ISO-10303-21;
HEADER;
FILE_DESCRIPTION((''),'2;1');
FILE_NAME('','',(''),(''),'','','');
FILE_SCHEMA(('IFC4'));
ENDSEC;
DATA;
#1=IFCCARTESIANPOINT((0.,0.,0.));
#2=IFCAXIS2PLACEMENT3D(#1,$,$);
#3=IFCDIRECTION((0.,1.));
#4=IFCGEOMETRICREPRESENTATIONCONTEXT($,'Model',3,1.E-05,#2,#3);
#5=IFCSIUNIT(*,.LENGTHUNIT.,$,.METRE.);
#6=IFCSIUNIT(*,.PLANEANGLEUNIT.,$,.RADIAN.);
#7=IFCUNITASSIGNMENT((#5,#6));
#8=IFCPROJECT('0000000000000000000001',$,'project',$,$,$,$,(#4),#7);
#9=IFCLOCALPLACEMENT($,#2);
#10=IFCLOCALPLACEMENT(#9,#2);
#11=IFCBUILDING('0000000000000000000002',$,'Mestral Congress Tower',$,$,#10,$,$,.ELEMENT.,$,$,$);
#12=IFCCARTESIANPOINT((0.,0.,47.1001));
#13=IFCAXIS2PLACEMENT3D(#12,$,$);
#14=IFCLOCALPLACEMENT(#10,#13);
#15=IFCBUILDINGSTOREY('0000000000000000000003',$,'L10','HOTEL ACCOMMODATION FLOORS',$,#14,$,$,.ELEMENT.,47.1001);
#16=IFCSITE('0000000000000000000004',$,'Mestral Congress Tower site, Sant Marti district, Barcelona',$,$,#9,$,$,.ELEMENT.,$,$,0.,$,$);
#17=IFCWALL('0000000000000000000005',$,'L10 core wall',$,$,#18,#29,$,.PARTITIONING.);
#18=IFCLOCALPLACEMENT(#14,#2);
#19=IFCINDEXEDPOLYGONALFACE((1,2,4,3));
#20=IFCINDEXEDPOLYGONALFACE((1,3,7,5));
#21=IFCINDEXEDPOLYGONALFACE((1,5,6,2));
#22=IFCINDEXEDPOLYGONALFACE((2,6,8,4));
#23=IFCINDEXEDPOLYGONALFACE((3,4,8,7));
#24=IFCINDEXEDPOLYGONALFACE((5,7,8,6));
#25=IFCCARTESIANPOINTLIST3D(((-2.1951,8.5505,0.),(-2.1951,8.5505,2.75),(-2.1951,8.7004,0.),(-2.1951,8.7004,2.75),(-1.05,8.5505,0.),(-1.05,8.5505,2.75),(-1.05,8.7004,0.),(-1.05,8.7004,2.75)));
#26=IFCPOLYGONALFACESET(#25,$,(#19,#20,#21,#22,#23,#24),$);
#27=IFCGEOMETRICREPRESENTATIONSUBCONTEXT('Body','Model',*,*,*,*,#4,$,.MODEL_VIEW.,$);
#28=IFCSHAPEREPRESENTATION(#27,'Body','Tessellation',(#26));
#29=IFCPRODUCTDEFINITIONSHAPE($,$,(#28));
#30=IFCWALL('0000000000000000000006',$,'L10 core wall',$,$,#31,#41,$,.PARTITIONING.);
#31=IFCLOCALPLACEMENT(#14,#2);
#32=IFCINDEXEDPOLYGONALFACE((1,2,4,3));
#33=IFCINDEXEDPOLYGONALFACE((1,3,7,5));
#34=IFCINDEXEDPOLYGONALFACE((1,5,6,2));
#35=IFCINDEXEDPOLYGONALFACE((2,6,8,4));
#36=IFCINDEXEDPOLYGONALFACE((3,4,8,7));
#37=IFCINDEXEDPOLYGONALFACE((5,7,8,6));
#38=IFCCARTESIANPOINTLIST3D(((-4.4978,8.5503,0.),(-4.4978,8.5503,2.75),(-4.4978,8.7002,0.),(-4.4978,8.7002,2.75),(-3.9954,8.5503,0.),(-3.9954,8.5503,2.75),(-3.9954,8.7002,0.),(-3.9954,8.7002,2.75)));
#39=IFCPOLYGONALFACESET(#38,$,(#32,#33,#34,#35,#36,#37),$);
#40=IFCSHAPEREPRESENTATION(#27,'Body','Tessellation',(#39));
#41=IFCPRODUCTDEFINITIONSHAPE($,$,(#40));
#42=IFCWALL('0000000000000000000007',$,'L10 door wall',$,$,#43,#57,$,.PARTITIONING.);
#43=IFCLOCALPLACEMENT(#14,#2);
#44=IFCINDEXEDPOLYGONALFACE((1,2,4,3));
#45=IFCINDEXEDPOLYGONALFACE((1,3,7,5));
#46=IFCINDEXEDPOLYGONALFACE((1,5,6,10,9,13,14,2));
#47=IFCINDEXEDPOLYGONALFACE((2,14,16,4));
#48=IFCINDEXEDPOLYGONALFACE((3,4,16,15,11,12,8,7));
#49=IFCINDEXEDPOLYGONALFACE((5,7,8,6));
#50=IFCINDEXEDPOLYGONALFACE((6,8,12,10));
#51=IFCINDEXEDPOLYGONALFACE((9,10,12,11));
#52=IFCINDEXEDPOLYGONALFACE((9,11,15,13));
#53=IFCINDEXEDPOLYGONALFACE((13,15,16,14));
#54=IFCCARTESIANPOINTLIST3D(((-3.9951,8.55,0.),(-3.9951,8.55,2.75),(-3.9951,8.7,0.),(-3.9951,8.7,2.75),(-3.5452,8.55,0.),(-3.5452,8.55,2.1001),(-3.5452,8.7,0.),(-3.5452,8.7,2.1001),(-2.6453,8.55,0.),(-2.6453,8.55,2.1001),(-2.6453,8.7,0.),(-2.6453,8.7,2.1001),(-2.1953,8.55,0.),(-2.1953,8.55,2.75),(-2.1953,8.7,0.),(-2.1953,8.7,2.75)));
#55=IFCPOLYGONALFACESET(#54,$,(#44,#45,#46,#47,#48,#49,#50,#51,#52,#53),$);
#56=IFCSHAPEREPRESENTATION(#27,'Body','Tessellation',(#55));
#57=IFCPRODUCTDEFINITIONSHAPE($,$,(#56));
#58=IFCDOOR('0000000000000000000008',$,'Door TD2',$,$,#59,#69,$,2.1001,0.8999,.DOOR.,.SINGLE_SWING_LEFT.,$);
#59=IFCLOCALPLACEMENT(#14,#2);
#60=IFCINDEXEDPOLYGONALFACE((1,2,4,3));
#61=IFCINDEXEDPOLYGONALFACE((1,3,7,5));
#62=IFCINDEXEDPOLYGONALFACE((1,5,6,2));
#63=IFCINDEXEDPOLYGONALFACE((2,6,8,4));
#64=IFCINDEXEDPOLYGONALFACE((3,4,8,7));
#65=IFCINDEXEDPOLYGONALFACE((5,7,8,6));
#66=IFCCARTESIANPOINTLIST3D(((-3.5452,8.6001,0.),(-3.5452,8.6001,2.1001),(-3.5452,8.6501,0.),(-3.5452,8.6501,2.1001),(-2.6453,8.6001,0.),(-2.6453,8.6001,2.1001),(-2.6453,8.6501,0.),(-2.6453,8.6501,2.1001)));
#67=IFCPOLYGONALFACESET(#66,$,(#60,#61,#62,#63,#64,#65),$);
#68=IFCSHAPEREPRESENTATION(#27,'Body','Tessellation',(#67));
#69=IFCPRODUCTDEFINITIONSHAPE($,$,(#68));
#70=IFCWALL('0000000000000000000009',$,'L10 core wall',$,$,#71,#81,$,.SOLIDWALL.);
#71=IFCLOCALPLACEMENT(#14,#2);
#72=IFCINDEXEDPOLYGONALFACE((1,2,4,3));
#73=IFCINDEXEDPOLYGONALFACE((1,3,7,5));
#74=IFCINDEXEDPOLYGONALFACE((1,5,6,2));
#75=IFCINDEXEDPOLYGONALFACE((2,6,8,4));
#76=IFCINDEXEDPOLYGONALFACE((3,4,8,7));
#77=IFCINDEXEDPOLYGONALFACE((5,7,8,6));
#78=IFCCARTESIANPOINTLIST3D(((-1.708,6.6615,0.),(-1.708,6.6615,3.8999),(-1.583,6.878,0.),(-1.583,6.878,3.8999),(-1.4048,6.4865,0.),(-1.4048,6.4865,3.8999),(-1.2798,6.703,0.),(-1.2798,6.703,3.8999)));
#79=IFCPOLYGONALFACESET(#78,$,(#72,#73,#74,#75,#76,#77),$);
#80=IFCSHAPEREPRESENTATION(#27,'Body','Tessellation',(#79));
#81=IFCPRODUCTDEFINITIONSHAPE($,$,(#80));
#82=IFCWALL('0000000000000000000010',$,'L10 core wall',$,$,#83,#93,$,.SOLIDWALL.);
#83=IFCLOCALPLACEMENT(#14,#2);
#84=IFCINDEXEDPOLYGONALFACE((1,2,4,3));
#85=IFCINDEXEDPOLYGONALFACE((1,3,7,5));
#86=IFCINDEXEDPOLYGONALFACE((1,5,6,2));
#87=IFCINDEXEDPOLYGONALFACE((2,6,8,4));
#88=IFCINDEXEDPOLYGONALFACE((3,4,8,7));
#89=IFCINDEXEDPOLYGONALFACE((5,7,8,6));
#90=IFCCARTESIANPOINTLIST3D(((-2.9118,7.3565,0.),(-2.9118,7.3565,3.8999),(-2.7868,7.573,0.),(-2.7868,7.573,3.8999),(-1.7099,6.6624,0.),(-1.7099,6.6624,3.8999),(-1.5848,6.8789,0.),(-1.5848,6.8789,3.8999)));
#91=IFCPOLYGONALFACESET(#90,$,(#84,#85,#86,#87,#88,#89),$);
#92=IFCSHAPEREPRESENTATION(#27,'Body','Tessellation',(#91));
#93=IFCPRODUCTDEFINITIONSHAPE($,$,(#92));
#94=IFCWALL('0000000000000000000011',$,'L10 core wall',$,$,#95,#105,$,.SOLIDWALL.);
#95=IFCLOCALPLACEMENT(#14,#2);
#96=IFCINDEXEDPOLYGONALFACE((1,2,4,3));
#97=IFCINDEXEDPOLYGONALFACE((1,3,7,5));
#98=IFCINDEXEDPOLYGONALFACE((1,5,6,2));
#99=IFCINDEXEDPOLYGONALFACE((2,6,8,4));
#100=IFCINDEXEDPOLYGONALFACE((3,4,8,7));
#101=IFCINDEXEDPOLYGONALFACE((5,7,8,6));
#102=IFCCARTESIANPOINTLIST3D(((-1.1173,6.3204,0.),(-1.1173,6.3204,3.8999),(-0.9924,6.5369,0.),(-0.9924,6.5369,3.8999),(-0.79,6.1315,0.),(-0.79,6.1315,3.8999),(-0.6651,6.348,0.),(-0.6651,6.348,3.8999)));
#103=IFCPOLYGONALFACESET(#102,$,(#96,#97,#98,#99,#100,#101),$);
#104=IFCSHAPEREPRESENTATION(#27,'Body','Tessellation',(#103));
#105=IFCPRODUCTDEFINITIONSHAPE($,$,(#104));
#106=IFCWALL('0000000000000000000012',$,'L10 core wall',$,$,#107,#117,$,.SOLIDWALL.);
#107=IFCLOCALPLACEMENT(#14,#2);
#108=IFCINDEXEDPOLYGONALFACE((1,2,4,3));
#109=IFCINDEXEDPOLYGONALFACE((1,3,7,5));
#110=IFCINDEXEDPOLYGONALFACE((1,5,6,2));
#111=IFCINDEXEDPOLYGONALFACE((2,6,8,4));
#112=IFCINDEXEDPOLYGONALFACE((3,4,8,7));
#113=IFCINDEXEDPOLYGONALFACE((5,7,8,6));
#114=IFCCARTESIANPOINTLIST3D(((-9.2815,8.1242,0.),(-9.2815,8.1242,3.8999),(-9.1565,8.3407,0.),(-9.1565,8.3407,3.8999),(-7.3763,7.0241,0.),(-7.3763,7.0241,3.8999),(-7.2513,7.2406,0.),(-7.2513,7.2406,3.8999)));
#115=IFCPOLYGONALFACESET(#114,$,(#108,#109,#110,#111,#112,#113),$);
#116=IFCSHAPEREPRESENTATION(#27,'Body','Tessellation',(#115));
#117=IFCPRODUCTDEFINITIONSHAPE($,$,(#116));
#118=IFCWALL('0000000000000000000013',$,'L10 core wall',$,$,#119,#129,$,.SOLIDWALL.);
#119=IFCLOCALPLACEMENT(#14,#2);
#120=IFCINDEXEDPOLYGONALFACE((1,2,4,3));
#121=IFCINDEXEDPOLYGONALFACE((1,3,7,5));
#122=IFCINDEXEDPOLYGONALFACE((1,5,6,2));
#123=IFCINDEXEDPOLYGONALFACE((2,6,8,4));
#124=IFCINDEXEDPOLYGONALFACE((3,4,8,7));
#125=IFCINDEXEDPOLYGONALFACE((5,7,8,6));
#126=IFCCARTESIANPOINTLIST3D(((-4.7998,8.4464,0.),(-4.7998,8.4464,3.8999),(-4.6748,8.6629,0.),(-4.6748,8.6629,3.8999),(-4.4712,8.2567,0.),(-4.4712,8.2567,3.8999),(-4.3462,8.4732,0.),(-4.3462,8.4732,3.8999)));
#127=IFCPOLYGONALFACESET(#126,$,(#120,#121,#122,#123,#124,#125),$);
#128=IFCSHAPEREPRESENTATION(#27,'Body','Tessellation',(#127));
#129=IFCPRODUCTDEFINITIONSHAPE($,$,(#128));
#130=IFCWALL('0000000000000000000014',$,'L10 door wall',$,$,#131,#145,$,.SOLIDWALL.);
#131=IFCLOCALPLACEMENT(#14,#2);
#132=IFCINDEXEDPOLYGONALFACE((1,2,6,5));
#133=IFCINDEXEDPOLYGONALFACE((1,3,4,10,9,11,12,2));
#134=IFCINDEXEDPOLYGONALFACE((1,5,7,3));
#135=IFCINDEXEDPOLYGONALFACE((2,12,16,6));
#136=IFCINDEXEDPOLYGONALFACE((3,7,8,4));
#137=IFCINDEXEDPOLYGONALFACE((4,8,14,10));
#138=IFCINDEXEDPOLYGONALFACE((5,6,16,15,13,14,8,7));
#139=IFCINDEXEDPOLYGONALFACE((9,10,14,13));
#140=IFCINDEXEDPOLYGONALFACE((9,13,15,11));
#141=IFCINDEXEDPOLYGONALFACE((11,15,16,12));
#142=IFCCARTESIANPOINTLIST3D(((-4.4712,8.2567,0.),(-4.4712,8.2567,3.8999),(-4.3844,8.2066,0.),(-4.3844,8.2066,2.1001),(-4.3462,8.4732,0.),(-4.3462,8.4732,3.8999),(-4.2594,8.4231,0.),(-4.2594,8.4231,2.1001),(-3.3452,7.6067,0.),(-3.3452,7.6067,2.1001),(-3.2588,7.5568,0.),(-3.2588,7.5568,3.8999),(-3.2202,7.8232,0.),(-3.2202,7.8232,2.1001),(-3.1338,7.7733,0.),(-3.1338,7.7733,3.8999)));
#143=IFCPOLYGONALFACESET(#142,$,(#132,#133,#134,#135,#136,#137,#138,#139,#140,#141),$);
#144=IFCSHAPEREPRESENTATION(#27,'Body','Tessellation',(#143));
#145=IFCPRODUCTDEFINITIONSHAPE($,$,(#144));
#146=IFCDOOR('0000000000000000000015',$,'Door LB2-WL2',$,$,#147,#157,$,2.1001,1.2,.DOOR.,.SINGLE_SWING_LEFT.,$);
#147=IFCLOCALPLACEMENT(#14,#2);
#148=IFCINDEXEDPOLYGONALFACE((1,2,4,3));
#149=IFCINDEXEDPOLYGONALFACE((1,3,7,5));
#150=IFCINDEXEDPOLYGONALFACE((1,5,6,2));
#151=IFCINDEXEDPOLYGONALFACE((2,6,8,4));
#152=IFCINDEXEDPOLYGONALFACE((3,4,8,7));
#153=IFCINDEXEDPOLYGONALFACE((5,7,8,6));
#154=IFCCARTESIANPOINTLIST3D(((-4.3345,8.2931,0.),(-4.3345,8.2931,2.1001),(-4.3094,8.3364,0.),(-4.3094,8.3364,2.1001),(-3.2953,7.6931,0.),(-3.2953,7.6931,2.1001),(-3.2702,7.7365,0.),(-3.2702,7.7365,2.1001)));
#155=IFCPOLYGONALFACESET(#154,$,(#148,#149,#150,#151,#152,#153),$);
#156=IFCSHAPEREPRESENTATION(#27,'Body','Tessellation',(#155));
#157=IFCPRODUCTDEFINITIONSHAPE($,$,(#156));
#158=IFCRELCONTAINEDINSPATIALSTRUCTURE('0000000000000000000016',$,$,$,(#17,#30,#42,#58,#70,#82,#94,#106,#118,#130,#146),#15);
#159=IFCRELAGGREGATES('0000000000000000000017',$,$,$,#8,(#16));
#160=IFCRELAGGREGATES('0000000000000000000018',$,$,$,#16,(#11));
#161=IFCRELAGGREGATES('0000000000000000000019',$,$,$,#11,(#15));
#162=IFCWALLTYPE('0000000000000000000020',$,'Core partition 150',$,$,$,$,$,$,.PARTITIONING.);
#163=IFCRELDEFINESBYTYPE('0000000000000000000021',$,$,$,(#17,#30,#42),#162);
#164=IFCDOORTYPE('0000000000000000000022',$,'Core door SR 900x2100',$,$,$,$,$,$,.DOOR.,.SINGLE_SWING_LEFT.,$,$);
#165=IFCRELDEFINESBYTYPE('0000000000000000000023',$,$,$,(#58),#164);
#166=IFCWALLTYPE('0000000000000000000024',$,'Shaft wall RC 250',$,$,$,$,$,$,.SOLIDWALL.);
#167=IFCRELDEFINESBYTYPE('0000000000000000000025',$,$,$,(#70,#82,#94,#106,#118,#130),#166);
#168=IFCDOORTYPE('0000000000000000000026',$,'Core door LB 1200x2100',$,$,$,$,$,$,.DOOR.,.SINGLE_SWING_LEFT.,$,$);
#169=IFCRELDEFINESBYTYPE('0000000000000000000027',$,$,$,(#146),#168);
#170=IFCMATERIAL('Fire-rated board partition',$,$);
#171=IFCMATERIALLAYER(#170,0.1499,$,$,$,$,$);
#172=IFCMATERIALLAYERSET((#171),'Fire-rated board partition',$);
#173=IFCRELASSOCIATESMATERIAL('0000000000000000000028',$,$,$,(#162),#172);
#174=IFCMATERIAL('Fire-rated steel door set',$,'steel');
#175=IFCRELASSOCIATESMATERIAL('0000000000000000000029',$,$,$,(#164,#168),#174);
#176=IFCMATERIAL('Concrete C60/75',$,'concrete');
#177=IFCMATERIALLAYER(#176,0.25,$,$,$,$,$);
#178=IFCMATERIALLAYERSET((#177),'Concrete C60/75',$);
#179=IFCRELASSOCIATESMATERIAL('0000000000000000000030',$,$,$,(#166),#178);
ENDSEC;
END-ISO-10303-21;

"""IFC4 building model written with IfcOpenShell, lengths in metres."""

from ifc_helpers import new_model, si_unit, direction, frame, frame_2d, origin, place, context, subcontext, project, spatial, rectangle, extrude, material, layer, layer_set, type_object, element, fill, save


model = new_model("IFC4")

# Units and contexts
model_context = context("Model", 3, precision=1e-05, world=origin(), true_north=direction((0.0, 1.0)))
body_context = subcontext(model_context, "Body", "Model", "MODEL_VIEW")
ifc_project = project(units=[si_unit("LENGTHUNIT", "METRE"), si_unit("PLANEANGLEUNIT", "RADIAN")], contexts=[model_context])

# Site, building, storey
site_placement = place(None, origin())
site = spatial("IfcSite", under=ifc_project, at=site_placement, Name="Mestral Congress Tower site, Sant Marti district, Barcelona", CompositionType="ELEMENT", RefElevation=0.0)
building_placement = place(site_placement, origin())
building = spatial("IfcBuilding", under=site, at=building_placement, Name="Mestral Congress Tower", CompositionType="ELEMENT")
storey_placement = place(building_placement, frame((0.0, 0.0, 47.1001)))
storey = spatial("IfcBuildingStorey", under=building, at=storey_placement, Name="L10", Description="HOTEL ACCOMMODATION FLOORS", CompositionType="ELEMENT", Elevation=47.1001)

# Walls
ifc_material_1 = material(Name="Fire-rated board partition")
ifc_layer_1 = layer(ifc_material_1, 0.1499)
ifc_layer_set_1 = layer_set([ifc_layer_1], Name="Fire-rated board partition")
wall_type_1 = type_object("IfcWallType", Name="Core partition 150", PredefinedType="PARTITIONING", material=ifc_layer_set_1)
wall_1_placement = place(storey_placement, frame((-2.1951, 8.6255, 0.0), z_axis=(0.0, 0.0, 1.0), x_axis=(1.0, 0.0, 0.0)))
element("IfcWall", 1, at=wall_1_placement, inside=storey, type_object=wall_type_1, Name="L10 core wall", PredefinedType="PARTITIONING", context=body_context, shape_type="SweptSolid", body=[
    extrude(rectangle(XDim=1.145, YDim=0.1499, at=frame_2d((0.5725, 0.0))), origin(), (0.0, 0.0, 1.0), 2.75),
])
wall_2_placement = place(storey_placement, frame((-4.4978, 8.6252, 0.0), z_axis=(0.0, 0.0, 1.0), x_axis=(1.0, 0.0, 0.0)))
element("IfcWall", 2, at=wall_2_placement, inside=storey, type_object=wall_type_1, Name="L10 core wall", PredefinedType="PARTITIONING", context=body_context, shape_type="SweptSolid", body=[
    extrude(rectangle(XDim=0.5024, YDim=0.1499, at=frame_2d((0.2512, 0.0))), origin(), (0.0, 0.0, 1.0), 2.75),
])

# Wall, opening, door
wall_3_placement = place(storey_placement, frame((-2.1953, 8.625, 0.0), z_axis=(0.0, 0.0, 1.0), x_axis=(-1.0, 0.0, 0.0)))
wall_3 = element("IfcWall", 3, at=wall_3_placement, inside=storey, type_object=wall_type_1, Name="L10 door wall", PredefinedType="PARTITIONING", context=body_context, shape_type="SweptSolid", body=[
    extrude(rectangle(XDim=1.7998, YDim=0.1499, at=frame_2d((0.8999, 0.0))), origin(), (0.0, 0.0, 1.0), 2.75),
])
opening_1_placement = place(wall_3_placement, frame((0.45, 0.0, 0.0)))
opening_1 = element("IfcOpeningElement", 4, at=opening_1_placement, cuts=wall_3, PredefinedType="OPENING", context=body_context, shape_type="SweptSolid", body=[
    extrude(rectangle(XDim=0.8999, YDim=2.1001, at=frame_2d((0.45, 1.05))), frame((0.0, 0.085, 0.0), z_axis=(0.0, -1.0, 0.0), x_axis=(1.0, 0.0, 0.0)), (0.0, 0.0, 1.0), 0.1699),
])
ifc_material_2 = material(Name="Fire-rated steel door set", Category="steel")
door_type_1 = type_object("IfcDoorType", Name="Core door SR 900x2100", OperationType="SINGLE_SWING_LEFT", PredefinedType="DOOR", material=ifc_material_2)
door_1_placement = place(opening_1_placement, origin())
door_1 = element("IfcDoor", 5, at=door_1_placement, inside=storey, type_object=door_type_1, Name="Door TD2", OperationType="SINGLE_SWING_LEFT", OverallHeight=2.1001, OverallWidth=0.8999, PredefinedType="DOOR", context=body_context, shape_type="SweptSolid", body=[
    extrude(rectangle(XDim=0.8999, YDim=2.1001, at=frame_2d((0.45, 1.05))), frame((0.0, 0.0249, 0.0), z_axis=(0.0, -1.0, 0.0), x_axis=(1.0, 0.0, 0.0)), (0.0, 0.0, 1.0), 0.05),
])
fill(opening_1, door_1)

# Walls
ifc_material_3 = material(Name="Concrete C60/75", Category="concrete")
ifc_layer_2 = layer(ifc_material_3, 0.25)
ifc_layer_set_2 = layer_set([ifc_layer_2], Name="Concrete C60/75")
wall_type_2 = type_object("IfcWallType", Name="Shaft wall RC 250", PredefinedType="SOLIDWALL", material=ifc_layer_set_2)
wall_4_placement = place(storey_placement, frame((-1.3423, 6.5947, 0.0), z_axis=(0.0, 0.0, 1.0), x_axis=(-0.866046, 0.499964, 0.0)))
element("IfcWall", 6, at=wall_4_placement, inside=storey, type_object=wall_type_2, Name="L10 core wall", PredefinedType="SOLIDWALL", context=body_context, shape_type="SweptSolid", body=[
    extrude(rectangle(XDim=0.3501, YDim=0.25, at=frame_2d((0.175, 0.0))), origin(), (0.0, 0.0, 1.0), 3.8999),
])
wall_5_placement = place(storey_placement, frame((-1.6475, 6.7708, 0.0), z_axis=(0.0, 0.0, 1.0), x_axis=(-0.865972, 0.500093, 0.0)))
element("IfcWall", 7, at=wall_5_placement, inside=storey, type_object=wall_type_2, Name="L10 core wall", PredefinedType="SOLIDWALL", context=body_context, shape_type="SweptSolid", body=[
    extrude(rectangle(XDim=1.3879, YDim=0.25, at=frame_2d((0.6938, 0.0))), origin(), (0.0, 0.0, 1.0), 3.8999),
])
wall_6_placement = place(storey_placement, frame((-0.7275, 6.2397, 0.0), z_axis=(0.0, 0.0, 1.0), x_axis=(-0.866089, 0.49989, 0.0)))
element("IfcWall", 8, at=wall_6_placement, inside=storey, type_object=wall_type_2, Name="L10 core wall", PredefinedType="SOLIDWALL", context=body_context, shape_type="SweptSolid", body=[
    extrude(rectangle(XDim=0.3779, YDim=0.25, at=frame_2d((0.189, 0.0))), origin(), (0.0, 0.0, 1.0), 3.8999),
])
wall_7_placement = place(storey_placement, frame((-7.3137, 7.1323, 0.0), z_axis=(0.0, 0.0, 1.0), x_axis=(-0.866008, 0.50003, 0.0)))
element("IfcWall", 9, at=wall_7_placement, inside=storey, type_object=wall_type_2, Name="L10 core wall", PredefinedType="SOLIDWALL", context=body_context, shape_type="SweptSolid", body=[
    extrude(rectangle(XDim=2.2, YDim=0.25, at=frame_2d((1.1001, 0.0))), origin(), (0.0, 0.0, 1.0), 3.8999),
])
wall_8_placement = place(storey_placement, frame((-4.4087, 8.365, 0.0), z_axis=(0.0, 0.0, 1.0), x_axis=(-0.866057, 0.499945, 0.0)))
element("IfcWall", 10, at=wall_8_placement, inside=storey, type_object=wall_type_2, Name="L10 core wall", PredefinedType="SOLIDWALL", context=body_context, shape_type="SweptSolid", body=[
    extrude(rectangle(XDim=0.3794, YDim=0.25, at=frame_2d((0.1897, 0.0))), origin(), (0.0, 0.0, 1.0), 3.8999),
])

# Wall, opening, door
wall_9_placement = place(storey_placement, frame((-4.4087, 8.365, 0.0), z_axis=(0.0, 0.0, 1.0), x_axis=(0.866035, -0.499984, 0.0)))
wall_9 = element("IfcWall", 11, at=wall_9_placement, inside=storey, type_object=wall_type_2, Name="L10 door wall", PredefinedType="SOLIDWALL", context=body_context, shape_type="SweptSolid", body=[
    extrude(rectangle(XDim=1.3999, YDim=0.25, at=frame_2d((0.7, 0.0))), origin(), (0.0, 0.0, 1.0), 3.8999),
])
opening_2_placement = place(wall_9_placement, frame((0.1001, 0.0, 0.0)))
opening_2 = element("IfcOpeningElement", 12, at=opening_2_placement, cuts=wall_9, PredefinedType="OPENING", context=body_context, shape_type="SweptSolid", body=[
    extrude(rectangle(XDim=1.2, YDim=2.1001, at=frame_2d((0.6001, 1.05))), frame((0.0, 0.135, 0.0), z_axis=(0.0, -1.0, 0.0), x_axis=(1.0, 0.0, 0.0)), (0.0, 0.0, 1.0), 0.27),
])
door_type_2 = type_object("IfcDoorType", Name="Core door LB 1200x2100", OperationType="SINGLE_SWING_LEFT", PredefinedType="DOOR", material=ifc_material_2)
door_2_placement = place(opening_2_placement, origin())
door_2 = element("IfcDoor", 13, at=door_2_placement, inside=storey, type_object=door_type_2, Name="Door LB2-WL2", OperationType="SINGLE_SWING_LEFT", OverallHeight=2.1001, OverallWidth=1.2, PredefinedType="DOOR", context=body_context, shape_type="SweptSolid", body=[
    extrude(rectangle(XDim=1.2, YDim=2.1001, at=frame_2d((0.6001, 1.05))), frame((0.0, 0.0249, 0.0), z_axis=(0.0, -1.0, 0.0), x_axis=(1.0, 0.0, 0.0)), (0.0, 0.0, 1.0), 0.05),
])
fill(opening_2, door_2)

save(model, "model.ifc")
